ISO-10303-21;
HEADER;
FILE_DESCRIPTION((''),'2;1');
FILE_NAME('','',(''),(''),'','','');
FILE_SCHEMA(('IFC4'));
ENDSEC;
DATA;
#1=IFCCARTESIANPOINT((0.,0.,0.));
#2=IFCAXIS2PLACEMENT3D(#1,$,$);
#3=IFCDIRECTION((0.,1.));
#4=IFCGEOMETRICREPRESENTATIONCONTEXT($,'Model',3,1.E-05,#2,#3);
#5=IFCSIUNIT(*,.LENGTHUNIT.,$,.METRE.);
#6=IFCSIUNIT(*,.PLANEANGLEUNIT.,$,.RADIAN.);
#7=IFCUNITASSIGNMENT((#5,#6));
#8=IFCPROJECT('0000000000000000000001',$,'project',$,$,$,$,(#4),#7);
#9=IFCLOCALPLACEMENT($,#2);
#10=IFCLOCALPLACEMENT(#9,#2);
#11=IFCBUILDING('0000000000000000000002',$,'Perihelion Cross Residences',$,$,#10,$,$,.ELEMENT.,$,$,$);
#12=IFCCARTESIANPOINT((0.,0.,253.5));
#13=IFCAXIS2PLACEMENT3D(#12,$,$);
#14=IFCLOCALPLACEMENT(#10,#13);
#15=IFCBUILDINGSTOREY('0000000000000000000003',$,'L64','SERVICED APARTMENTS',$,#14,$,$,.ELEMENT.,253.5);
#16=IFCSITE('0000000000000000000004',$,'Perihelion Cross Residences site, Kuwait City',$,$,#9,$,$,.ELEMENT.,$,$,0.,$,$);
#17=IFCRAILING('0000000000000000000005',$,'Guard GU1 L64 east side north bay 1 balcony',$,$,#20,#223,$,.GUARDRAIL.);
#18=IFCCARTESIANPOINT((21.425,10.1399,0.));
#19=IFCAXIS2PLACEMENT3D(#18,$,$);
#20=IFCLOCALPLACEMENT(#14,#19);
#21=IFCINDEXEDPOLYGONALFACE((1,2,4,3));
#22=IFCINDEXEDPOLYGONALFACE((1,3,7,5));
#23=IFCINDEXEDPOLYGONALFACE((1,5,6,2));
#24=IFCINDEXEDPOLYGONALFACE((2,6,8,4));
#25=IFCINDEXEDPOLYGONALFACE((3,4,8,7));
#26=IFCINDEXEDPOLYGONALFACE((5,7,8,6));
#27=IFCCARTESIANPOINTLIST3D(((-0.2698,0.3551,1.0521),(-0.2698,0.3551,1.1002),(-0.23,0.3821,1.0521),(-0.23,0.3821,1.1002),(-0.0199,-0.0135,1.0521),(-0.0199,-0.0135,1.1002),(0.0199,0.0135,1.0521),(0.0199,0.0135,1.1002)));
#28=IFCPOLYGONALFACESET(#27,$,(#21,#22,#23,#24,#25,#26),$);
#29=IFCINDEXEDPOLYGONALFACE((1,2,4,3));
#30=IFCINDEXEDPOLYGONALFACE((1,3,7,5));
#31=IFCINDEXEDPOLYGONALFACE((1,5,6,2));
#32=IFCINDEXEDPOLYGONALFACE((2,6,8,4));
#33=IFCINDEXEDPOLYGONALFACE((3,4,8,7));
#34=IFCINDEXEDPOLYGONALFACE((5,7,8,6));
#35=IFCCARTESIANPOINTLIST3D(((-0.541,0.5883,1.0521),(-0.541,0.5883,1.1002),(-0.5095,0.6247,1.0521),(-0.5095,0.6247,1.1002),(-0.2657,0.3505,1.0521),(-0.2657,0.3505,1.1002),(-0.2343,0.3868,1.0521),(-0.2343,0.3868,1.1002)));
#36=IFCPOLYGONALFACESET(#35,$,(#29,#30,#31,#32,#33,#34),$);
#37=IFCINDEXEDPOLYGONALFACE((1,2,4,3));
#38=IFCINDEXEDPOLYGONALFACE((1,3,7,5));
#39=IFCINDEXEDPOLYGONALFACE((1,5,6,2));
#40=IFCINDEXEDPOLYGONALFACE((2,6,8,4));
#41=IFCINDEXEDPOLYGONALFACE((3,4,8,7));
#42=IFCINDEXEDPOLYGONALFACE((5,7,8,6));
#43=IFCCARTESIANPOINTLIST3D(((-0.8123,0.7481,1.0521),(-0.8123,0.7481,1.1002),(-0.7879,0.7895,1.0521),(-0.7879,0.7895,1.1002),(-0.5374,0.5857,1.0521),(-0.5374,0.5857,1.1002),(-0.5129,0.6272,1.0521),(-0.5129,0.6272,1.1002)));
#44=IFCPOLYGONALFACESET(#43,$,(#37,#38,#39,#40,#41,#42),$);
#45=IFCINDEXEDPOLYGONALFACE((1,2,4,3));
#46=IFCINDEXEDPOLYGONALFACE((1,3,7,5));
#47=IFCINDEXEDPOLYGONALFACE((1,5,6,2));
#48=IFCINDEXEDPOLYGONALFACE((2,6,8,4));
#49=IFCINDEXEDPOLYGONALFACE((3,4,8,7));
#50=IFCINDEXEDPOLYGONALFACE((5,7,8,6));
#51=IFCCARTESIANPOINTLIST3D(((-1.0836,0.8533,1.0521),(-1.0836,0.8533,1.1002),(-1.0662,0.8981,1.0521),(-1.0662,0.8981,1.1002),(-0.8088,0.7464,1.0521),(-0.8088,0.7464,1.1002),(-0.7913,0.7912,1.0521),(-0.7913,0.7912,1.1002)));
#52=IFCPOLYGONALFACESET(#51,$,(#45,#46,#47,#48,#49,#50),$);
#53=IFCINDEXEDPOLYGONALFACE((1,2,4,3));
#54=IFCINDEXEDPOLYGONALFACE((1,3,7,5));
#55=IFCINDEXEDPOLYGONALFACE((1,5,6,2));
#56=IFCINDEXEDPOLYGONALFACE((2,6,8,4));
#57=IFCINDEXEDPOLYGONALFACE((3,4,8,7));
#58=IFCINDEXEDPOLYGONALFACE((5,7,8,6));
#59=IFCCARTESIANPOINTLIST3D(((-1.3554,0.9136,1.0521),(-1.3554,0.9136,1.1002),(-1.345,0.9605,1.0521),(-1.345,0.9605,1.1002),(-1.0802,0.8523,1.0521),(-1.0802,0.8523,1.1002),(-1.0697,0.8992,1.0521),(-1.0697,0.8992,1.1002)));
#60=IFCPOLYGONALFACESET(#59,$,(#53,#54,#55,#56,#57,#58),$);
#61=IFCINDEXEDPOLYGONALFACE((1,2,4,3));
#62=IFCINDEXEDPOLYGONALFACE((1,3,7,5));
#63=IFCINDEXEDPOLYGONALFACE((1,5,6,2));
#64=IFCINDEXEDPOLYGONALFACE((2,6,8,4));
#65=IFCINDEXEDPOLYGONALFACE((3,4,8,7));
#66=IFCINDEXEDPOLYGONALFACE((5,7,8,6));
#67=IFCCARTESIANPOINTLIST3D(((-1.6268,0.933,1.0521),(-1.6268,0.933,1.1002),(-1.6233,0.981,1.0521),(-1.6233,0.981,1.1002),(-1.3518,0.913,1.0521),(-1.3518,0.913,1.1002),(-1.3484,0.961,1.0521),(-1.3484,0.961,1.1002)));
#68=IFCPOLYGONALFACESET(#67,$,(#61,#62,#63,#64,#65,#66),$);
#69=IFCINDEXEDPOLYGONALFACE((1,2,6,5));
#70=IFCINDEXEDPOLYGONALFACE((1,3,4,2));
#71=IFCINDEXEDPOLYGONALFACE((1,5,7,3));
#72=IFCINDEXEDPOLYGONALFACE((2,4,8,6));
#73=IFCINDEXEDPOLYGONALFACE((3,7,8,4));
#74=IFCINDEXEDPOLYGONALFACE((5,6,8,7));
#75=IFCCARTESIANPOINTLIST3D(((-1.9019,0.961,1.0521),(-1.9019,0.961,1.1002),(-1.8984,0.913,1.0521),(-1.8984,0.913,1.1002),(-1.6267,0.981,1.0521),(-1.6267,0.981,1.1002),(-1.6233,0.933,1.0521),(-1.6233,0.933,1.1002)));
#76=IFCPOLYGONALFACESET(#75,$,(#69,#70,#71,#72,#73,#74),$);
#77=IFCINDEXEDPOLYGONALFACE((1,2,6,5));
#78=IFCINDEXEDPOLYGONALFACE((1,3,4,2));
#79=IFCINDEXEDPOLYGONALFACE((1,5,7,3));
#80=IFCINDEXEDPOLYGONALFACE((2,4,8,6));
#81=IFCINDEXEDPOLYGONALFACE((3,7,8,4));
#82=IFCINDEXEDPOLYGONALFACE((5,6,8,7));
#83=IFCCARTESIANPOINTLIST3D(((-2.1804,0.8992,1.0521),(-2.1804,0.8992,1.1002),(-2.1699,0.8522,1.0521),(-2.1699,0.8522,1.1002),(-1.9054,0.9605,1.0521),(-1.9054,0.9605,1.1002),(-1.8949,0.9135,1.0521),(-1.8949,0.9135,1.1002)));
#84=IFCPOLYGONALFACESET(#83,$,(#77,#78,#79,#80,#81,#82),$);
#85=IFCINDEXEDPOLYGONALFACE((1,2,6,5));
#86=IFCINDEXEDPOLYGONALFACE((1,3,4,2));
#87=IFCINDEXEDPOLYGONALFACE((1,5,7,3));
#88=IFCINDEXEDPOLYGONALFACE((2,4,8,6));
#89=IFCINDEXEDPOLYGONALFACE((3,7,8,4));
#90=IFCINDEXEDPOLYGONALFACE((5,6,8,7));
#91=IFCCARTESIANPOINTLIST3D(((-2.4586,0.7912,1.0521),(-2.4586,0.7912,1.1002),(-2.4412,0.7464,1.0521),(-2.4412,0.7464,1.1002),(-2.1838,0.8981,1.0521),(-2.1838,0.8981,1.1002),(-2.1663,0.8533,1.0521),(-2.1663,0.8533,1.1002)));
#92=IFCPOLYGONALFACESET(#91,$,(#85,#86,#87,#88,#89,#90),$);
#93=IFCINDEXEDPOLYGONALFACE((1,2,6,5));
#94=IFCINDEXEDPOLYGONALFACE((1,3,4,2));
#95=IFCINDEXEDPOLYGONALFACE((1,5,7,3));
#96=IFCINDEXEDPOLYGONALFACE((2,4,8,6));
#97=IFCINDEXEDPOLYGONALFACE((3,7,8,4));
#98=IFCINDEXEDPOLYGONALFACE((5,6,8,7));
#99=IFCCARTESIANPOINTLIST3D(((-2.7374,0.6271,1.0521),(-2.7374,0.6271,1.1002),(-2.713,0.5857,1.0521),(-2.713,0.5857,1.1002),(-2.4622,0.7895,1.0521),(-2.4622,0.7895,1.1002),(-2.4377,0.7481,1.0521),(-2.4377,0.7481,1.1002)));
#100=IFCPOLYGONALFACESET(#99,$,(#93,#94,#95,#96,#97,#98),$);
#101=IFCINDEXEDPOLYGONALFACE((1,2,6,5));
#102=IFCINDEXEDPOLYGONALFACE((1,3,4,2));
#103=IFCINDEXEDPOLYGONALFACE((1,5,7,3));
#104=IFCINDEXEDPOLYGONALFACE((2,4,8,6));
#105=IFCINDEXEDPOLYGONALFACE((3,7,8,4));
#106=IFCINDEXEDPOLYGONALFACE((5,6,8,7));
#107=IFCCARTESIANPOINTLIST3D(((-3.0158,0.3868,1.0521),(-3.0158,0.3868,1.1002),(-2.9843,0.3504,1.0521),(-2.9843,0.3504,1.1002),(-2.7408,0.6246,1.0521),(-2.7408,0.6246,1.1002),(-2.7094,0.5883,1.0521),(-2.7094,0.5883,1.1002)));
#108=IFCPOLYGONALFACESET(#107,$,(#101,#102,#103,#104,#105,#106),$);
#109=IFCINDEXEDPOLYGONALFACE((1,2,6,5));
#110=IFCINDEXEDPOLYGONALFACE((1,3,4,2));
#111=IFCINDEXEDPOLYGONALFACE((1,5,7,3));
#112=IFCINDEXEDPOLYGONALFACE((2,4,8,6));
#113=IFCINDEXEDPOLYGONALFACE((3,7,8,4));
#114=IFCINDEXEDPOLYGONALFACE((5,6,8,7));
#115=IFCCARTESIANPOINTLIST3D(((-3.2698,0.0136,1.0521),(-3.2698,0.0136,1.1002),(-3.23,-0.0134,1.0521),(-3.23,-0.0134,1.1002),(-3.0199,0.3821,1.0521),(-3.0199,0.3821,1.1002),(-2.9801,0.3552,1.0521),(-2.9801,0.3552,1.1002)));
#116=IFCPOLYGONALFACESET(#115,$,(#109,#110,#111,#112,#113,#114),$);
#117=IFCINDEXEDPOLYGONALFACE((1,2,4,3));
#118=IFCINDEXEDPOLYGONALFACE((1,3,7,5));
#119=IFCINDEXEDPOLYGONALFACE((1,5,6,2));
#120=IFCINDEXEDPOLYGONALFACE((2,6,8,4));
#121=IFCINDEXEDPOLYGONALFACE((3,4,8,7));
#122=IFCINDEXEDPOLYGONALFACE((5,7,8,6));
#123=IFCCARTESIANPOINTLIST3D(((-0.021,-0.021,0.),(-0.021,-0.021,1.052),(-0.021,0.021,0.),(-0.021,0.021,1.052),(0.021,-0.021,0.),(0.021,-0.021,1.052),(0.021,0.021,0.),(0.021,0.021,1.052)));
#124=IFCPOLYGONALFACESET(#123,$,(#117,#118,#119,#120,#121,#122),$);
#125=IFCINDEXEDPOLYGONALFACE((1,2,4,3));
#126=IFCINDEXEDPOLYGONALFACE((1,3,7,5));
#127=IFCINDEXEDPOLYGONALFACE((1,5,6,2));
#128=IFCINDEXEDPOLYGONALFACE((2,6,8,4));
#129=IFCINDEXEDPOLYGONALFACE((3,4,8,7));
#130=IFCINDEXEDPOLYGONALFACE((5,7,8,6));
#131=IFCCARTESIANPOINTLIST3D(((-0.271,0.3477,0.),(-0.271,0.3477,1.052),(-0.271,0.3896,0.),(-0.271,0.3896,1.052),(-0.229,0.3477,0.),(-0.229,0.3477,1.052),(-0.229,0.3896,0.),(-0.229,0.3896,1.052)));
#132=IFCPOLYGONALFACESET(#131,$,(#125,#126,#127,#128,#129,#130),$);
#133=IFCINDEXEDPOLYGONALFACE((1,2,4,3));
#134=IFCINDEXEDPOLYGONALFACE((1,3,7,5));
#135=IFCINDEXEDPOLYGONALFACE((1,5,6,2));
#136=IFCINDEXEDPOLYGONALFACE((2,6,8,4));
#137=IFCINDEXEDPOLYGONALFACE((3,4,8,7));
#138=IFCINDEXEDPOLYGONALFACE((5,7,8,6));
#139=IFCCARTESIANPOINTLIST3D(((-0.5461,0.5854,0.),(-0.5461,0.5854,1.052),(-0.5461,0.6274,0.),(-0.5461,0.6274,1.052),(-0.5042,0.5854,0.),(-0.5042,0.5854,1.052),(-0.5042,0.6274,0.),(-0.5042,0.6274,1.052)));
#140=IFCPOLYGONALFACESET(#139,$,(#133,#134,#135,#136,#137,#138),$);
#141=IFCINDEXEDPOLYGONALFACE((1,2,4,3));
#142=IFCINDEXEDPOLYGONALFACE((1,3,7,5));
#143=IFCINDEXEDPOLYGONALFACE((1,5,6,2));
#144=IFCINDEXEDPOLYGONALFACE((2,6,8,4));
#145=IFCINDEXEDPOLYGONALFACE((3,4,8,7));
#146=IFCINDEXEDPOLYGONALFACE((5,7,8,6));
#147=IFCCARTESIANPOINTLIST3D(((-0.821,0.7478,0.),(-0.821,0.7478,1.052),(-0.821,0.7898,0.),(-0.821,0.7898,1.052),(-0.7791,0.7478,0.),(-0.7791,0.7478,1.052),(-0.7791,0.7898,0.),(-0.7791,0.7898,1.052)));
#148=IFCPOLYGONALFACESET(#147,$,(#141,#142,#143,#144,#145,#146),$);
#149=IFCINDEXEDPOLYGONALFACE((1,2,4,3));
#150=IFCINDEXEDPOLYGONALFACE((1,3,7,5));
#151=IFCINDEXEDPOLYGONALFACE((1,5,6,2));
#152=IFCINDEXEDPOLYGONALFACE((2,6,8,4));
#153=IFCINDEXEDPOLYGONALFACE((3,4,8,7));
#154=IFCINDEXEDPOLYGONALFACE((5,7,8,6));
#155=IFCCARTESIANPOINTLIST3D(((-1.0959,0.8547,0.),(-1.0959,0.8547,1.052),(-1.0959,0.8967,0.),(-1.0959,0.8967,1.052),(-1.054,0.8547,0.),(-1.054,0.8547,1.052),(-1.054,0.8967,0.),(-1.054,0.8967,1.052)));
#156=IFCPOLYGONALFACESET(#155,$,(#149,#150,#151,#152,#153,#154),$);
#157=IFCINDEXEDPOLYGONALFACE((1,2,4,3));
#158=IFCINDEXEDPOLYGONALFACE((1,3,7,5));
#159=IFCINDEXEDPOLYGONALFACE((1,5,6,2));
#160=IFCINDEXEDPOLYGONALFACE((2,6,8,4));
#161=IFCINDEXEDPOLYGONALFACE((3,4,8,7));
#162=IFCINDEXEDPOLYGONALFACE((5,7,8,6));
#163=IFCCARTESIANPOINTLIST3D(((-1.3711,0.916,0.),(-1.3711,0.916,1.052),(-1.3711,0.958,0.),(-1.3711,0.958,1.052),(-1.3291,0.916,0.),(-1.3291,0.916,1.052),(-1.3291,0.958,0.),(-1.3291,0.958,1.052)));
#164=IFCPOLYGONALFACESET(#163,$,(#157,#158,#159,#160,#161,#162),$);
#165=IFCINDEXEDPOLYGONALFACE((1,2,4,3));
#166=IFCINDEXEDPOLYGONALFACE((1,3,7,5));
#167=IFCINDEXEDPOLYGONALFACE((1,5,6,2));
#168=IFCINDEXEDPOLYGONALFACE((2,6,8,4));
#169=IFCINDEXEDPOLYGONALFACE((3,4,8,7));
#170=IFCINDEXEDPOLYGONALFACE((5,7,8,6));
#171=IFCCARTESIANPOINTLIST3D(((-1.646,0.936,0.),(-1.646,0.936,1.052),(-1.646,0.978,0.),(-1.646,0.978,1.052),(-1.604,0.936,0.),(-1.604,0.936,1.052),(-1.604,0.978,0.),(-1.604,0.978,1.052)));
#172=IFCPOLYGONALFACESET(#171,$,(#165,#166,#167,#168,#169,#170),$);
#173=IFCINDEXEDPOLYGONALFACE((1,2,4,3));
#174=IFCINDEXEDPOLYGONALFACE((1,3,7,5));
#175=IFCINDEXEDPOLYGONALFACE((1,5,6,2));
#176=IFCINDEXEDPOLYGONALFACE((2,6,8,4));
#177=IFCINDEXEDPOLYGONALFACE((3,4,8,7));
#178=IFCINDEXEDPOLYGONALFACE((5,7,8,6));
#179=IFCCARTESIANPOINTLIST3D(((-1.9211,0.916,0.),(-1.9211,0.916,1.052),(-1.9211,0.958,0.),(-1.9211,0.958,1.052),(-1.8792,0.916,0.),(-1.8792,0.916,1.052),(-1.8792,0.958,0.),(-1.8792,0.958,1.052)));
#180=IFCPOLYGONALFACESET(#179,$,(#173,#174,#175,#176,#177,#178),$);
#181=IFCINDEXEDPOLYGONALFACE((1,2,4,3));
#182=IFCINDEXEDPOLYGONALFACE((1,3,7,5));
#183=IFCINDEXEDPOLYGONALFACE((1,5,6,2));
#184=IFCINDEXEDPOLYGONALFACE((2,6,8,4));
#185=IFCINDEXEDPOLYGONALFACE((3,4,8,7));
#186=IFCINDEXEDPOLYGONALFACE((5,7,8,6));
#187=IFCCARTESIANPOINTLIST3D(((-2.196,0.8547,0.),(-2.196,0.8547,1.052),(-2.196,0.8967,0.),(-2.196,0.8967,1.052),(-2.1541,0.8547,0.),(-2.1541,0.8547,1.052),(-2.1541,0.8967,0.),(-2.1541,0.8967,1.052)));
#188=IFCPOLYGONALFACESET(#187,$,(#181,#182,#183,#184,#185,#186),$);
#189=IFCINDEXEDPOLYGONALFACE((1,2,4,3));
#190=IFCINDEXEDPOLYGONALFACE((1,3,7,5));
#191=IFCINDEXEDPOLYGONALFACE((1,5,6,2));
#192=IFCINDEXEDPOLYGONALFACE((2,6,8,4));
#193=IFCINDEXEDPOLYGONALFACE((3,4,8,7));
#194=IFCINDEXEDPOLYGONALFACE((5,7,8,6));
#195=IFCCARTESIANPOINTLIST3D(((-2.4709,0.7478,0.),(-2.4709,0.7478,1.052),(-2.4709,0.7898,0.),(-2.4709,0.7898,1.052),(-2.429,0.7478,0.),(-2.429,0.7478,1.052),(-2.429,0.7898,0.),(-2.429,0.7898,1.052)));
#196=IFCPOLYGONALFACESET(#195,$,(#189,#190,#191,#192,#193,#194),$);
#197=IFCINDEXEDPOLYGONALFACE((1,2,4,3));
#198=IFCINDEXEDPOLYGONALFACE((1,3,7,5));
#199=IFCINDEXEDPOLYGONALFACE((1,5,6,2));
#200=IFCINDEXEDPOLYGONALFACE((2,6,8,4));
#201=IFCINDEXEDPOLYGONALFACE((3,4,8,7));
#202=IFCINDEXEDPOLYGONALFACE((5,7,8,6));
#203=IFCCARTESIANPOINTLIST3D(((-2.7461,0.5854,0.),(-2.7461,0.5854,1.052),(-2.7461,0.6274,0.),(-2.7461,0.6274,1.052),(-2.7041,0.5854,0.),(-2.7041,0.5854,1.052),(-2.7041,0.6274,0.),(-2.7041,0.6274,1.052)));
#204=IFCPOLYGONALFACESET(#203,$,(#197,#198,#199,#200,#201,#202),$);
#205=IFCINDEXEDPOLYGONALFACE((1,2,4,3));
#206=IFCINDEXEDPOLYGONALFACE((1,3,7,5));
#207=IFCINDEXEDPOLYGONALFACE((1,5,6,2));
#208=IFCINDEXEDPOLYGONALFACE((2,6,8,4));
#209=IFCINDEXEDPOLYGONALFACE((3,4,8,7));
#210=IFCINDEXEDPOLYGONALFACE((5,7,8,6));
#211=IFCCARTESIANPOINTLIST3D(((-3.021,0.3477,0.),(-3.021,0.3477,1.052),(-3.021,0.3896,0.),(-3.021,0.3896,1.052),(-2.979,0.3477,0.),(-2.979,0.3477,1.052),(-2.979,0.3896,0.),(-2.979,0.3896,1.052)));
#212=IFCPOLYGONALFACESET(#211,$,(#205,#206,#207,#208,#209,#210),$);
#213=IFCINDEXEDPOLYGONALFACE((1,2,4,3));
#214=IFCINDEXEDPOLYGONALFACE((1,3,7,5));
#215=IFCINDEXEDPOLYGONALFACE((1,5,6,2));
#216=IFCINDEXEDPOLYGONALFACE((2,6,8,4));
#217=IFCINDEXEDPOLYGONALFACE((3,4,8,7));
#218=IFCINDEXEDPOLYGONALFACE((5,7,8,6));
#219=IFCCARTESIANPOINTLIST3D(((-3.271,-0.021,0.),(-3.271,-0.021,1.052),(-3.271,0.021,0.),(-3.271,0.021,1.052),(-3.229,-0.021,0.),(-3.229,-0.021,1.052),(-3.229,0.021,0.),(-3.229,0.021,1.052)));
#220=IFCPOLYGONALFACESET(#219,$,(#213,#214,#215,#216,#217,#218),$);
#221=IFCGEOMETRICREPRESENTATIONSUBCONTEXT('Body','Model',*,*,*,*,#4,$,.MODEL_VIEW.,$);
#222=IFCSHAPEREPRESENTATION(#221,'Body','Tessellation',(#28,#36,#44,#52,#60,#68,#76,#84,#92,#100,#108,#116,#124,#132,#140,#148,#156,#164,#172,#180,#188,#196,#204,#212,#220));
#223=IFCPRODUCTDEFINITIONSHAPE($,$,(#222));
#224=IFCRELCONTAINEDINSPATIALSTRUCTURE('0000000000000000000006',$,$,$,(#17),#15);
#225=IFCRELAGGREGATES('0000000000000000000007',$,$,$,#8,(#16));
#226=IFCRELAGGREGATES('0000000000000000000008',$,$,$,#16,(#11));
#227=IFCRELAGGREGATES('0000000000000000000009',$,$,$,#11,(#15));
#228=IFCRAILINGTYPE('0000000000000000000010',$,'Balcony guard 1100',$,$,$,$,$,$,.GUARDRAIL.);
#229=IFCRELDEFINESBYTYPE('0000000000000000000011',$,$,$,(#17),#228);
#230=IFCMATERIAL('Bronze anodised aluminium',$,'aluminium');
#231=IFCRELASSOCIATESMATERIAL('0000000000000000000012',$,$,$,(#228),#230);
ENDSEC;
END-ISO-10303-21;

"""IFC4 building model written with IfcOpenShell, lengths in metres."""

from ifc_helpers import new_model, si_unit, direction, frame, origin, origin_2d, place, context, subcontext, project, spatial, rectangle, extrude, material, type_object, element, save


model = new_model("IFC4")

# Units and contexts
model_context = context("Model", 3, precision=1e-05, world=origin(), true_north=direction((0.0, 1.0)))
body_context = subcontext(model_context, "Body", "Model", "MODEL_VIEW")
ifc_project = project(units=[si_unit("LENGTHUNIT", "METRE"), si_unit("PLANEANGLEUNIT", "RADIAN")], contexts=[model_context])

# Site, building, storey
site_placement = place(None, origin())
site = spatial("IfcSite", under=ifc_project, at=site_placement, Name="Perihelion Cross Residences site, Kuwait City", CompositionType="ELEMENT", RefElevation=0.0)
building_placement = place(site_placement, origin())
building = spatial("IfcBuilding", under=site, at=building_placement, Name="Perihelion Cross Residences", CompositionType="ELEMENT")
storey_placement = place(building_placement, frame((0.0, 0.0, 253.5)))
storey = spatial("IfcBuildingStorey", under=building, at=storey_placement, Name="L64", Description="SERVICED APARTMENTS", CompositionType="ELEMENT", Elevation=253.5)

# Railing
ifc_material_1 = material(Name="Bronze anodised aluminium", Category="aluminium")
railing_type_1 = type_object("IfcRailingType", Name="Balcony guard 1100", PredefinedType="GUARDRAIL", material=ifc_material_1)
railing_1_placement = place(storey_placement, frame((21.425, 10.1399, 0.0)))
element("IfcRailing", 1, at=railing_1_placement, inside=storey, type_object=railing_type_1, Name="Guard GU1 L64 east side north bay 1 balcony", PredefinedType="GUARDRAIL", context=body_context, shape_type="SweptSolid", body=[
    extrude(rectangle(XDim=0.0481, YDim=0.0481, at=origin_2d()), frame((0.0, 0.0, 1.0762), z_axis=(-0.56126, 0.827639, 0.0), x_axis=(-0.827639, -0.56126, 0.0)), (0.0, 0.0, 1.0), 0.4453),
    extrude(rectangle(XDim=0.0481, YDim=0.0481, at=origin_2d()), frame((-0.25, 0.3687, 1.0762), z_axis=(-0.756597, 0.653882, 0.0), x_axis=(-0.653882, -0.756597, 0.0)), (0.0, 0.0, 1.0), 0.3638),
    extrude(rectangle(XDim=0.0481, YDim=0.0481, at=origin_2d()), frame((-0.5251, 0.6064, 1.0762), z_axis=(-0.861048, 0.508523, 0.0), x_axis=(-0.508523, -0.861048, 0.0)), (0.0, 0.0, 1.0), 0.3193),
    extrude(rectangle(XDim=0.0481, YDim=0.0481, at=origin_2d()), frame((-0.8, 0.7688, 1.0762), z_axis=(-0.931974, 0.362526, 0.0), x_axis=(-0.362526, -0.931974, 0.0)), (0.0, 0.0, 1.0), 0.2949),
    extrude(rectangle(XDim=0.0481, YDim=0.0481, at=origin_2d()), frame((-1.075, 0.8757, 1.0762), z_axis=(-0.976085, 0.217389, 0.0), x_axis=(-0.217389, -0.976085, 0.0)), (0.0, 0.0, 1.0), 0.282),
    extrude(rectangle(XDim=0.0481, YDim=0.0481, at=origin_2d()), frame((-1.3501, 0.937, 1.0762), z_axis=(-0.997359, 0.072632, 0.0), x_axis=(-0.072632, -0.997359, 0.0)), (0.0, 0.0, 1.0), 0.2756),
    extrude(rectangle(XDim=0.0481, YDim=0.0481, at=origin_2d()), frame((-1.625, 0.957, 1.0762), z_axis=(-0.997363, -0.072568, 0.0), x_axis=(0.072568, -0.997363, 0.0)), (0.0, 0.0, 1.0), 0.2759),
    extrude(rectangle(XDim=0.0481, YDim=0.0481, at=origin_2d()), frame((-1.9001, 0.937, 1.0762), z_axis=(-0.976044, -0.217573, 0.0), x_axis=(0.217573, -0.976044, 0.0)), (0.0, 0.0, 1.0), 0.2817),
    extrude(rectangle(XDim=0.0481, YDim=0.0481, at=origin_2d()), frame((-2.175, 0.8757, 1.0762), z_axis=(-0.931974, -0.362526, 0.0), x_axis=(0.362526, -0.931974, 0.0)), (0.0, 0.0, 1.0), 0.2949),
    extrude(rectangle(XDim=0.0481, YDim=0.0481, at=origin_2d()), frame((-2.45, 0.7688, 1.0762), z_axis=(-0.861246, -0.508189, 0.0), x_axis=(0.508189, -0.861246, 0.0)), (0.0, 0.0, 1.0), 0.3196),
    extrude(rectangle(XDim=0.0481, YDim=0.0481, at=origin_2d()), frame((-2.7251, 0.6064, 1.0762), z_axis=(-0.756309, -0.654214, 0.0), x_axis=(0.654214, -0.756309, 0.0)), (0.0, 0.0, 1.0), 0.3635),
    extrude(rectangle(XDim=0.0481, YDim=0.0481, at=origin_2d()), frame((-3.0, 0.3687, 1.0762), z_axis=(-0.56126, -0.827639, 0.0), x_axis=(0.827639, -0.56126, 0.0)), (0.0, 0.0, 1.0), 0.4453),
    extrude(rectangle(XDim=0.042, YDim=0.042, at=origin_2d()), origin(), (0.0, 0.0, 1.0), 1.052),
    extrude(rectangle(XDim=0.042, YDim=0.042, at=origin_2d()), frame((-0.25, 0.3687, 0.0)), (0.0, 0.0, 1.0), 1.052),
    extrude(rectangle(XDim=0.042, YDim=0.042, at=origin_2d()), frame((-0.5251, 0.6064, 0.0)), (0.0, 0.0, 1.0), 1.052),
    extrude(rectangle(XDim=0.042, YDim=0.042, at=origin_2d()), frame((-0.8, 0.7688, 0.0)), (0.0, 0.0, 1.0), 1.052),
    extrude(rectangle(XDim=0.042, YDim=0.042, at=origin_2d()), frame((-1.075, 0.8757, 0.0)), (0.0, 0.0, 1.0), 1.052),
    extrude(rectangle(XDim=0.042, YDim=0.042, at=origin_2d()), frame((-1.3501, 0.937, 0.0)), (0.0, 0.0, 1.0), 1.052),
    extrude(rectangle(XDim=0.042, YDim=0.042, at=origin_2d()), frame((-1.625, 0.957, 0.0)), (0.0, 0.0, 1.0), 1.052),
    extrude(rectangle(XDim=0.042, YDim=0.042, at=origin_2d()), frame((-1.9001, 0.937, 0.0)), (0.0, 0.0, 1.0), 1.052),
    extrude(rectangle(XDim=0.042, YDim=0.042, at=origin_2d()), frame((-2.175, 0.8757, 0.0)), (0.0, 0.0, 1.0), 1.052),
    extrude(rectangle(XDim=0.042, YDim=0.042, at=origin_2d()), frame((-2.45, 0.7688, 0.0)), (0.0, 0.0, 1.0), 1.052),
    extrude(rectangle(XDim=0.042, YDim=0.042, at=origin_2d()), frame((-2.7251, 0.6064, 0.0)), (0.0, 0.0, 1.0), 1.052),
    extrude(rectangle(XDim=0.042, YDim=0.042, at=origin_2d()), frame((-3.0, 0.3687, 0.0)), (0.0, 0.0, 1.0), 1.052),
    extrude(rectangle(XDim=0.042, YDim=0.042, at=origin_2d()), frame((-3.25, 0.0, 0.0)), (0.0, 0.0, 1.0), 1.052),
])

save(model, "model.ifc")
